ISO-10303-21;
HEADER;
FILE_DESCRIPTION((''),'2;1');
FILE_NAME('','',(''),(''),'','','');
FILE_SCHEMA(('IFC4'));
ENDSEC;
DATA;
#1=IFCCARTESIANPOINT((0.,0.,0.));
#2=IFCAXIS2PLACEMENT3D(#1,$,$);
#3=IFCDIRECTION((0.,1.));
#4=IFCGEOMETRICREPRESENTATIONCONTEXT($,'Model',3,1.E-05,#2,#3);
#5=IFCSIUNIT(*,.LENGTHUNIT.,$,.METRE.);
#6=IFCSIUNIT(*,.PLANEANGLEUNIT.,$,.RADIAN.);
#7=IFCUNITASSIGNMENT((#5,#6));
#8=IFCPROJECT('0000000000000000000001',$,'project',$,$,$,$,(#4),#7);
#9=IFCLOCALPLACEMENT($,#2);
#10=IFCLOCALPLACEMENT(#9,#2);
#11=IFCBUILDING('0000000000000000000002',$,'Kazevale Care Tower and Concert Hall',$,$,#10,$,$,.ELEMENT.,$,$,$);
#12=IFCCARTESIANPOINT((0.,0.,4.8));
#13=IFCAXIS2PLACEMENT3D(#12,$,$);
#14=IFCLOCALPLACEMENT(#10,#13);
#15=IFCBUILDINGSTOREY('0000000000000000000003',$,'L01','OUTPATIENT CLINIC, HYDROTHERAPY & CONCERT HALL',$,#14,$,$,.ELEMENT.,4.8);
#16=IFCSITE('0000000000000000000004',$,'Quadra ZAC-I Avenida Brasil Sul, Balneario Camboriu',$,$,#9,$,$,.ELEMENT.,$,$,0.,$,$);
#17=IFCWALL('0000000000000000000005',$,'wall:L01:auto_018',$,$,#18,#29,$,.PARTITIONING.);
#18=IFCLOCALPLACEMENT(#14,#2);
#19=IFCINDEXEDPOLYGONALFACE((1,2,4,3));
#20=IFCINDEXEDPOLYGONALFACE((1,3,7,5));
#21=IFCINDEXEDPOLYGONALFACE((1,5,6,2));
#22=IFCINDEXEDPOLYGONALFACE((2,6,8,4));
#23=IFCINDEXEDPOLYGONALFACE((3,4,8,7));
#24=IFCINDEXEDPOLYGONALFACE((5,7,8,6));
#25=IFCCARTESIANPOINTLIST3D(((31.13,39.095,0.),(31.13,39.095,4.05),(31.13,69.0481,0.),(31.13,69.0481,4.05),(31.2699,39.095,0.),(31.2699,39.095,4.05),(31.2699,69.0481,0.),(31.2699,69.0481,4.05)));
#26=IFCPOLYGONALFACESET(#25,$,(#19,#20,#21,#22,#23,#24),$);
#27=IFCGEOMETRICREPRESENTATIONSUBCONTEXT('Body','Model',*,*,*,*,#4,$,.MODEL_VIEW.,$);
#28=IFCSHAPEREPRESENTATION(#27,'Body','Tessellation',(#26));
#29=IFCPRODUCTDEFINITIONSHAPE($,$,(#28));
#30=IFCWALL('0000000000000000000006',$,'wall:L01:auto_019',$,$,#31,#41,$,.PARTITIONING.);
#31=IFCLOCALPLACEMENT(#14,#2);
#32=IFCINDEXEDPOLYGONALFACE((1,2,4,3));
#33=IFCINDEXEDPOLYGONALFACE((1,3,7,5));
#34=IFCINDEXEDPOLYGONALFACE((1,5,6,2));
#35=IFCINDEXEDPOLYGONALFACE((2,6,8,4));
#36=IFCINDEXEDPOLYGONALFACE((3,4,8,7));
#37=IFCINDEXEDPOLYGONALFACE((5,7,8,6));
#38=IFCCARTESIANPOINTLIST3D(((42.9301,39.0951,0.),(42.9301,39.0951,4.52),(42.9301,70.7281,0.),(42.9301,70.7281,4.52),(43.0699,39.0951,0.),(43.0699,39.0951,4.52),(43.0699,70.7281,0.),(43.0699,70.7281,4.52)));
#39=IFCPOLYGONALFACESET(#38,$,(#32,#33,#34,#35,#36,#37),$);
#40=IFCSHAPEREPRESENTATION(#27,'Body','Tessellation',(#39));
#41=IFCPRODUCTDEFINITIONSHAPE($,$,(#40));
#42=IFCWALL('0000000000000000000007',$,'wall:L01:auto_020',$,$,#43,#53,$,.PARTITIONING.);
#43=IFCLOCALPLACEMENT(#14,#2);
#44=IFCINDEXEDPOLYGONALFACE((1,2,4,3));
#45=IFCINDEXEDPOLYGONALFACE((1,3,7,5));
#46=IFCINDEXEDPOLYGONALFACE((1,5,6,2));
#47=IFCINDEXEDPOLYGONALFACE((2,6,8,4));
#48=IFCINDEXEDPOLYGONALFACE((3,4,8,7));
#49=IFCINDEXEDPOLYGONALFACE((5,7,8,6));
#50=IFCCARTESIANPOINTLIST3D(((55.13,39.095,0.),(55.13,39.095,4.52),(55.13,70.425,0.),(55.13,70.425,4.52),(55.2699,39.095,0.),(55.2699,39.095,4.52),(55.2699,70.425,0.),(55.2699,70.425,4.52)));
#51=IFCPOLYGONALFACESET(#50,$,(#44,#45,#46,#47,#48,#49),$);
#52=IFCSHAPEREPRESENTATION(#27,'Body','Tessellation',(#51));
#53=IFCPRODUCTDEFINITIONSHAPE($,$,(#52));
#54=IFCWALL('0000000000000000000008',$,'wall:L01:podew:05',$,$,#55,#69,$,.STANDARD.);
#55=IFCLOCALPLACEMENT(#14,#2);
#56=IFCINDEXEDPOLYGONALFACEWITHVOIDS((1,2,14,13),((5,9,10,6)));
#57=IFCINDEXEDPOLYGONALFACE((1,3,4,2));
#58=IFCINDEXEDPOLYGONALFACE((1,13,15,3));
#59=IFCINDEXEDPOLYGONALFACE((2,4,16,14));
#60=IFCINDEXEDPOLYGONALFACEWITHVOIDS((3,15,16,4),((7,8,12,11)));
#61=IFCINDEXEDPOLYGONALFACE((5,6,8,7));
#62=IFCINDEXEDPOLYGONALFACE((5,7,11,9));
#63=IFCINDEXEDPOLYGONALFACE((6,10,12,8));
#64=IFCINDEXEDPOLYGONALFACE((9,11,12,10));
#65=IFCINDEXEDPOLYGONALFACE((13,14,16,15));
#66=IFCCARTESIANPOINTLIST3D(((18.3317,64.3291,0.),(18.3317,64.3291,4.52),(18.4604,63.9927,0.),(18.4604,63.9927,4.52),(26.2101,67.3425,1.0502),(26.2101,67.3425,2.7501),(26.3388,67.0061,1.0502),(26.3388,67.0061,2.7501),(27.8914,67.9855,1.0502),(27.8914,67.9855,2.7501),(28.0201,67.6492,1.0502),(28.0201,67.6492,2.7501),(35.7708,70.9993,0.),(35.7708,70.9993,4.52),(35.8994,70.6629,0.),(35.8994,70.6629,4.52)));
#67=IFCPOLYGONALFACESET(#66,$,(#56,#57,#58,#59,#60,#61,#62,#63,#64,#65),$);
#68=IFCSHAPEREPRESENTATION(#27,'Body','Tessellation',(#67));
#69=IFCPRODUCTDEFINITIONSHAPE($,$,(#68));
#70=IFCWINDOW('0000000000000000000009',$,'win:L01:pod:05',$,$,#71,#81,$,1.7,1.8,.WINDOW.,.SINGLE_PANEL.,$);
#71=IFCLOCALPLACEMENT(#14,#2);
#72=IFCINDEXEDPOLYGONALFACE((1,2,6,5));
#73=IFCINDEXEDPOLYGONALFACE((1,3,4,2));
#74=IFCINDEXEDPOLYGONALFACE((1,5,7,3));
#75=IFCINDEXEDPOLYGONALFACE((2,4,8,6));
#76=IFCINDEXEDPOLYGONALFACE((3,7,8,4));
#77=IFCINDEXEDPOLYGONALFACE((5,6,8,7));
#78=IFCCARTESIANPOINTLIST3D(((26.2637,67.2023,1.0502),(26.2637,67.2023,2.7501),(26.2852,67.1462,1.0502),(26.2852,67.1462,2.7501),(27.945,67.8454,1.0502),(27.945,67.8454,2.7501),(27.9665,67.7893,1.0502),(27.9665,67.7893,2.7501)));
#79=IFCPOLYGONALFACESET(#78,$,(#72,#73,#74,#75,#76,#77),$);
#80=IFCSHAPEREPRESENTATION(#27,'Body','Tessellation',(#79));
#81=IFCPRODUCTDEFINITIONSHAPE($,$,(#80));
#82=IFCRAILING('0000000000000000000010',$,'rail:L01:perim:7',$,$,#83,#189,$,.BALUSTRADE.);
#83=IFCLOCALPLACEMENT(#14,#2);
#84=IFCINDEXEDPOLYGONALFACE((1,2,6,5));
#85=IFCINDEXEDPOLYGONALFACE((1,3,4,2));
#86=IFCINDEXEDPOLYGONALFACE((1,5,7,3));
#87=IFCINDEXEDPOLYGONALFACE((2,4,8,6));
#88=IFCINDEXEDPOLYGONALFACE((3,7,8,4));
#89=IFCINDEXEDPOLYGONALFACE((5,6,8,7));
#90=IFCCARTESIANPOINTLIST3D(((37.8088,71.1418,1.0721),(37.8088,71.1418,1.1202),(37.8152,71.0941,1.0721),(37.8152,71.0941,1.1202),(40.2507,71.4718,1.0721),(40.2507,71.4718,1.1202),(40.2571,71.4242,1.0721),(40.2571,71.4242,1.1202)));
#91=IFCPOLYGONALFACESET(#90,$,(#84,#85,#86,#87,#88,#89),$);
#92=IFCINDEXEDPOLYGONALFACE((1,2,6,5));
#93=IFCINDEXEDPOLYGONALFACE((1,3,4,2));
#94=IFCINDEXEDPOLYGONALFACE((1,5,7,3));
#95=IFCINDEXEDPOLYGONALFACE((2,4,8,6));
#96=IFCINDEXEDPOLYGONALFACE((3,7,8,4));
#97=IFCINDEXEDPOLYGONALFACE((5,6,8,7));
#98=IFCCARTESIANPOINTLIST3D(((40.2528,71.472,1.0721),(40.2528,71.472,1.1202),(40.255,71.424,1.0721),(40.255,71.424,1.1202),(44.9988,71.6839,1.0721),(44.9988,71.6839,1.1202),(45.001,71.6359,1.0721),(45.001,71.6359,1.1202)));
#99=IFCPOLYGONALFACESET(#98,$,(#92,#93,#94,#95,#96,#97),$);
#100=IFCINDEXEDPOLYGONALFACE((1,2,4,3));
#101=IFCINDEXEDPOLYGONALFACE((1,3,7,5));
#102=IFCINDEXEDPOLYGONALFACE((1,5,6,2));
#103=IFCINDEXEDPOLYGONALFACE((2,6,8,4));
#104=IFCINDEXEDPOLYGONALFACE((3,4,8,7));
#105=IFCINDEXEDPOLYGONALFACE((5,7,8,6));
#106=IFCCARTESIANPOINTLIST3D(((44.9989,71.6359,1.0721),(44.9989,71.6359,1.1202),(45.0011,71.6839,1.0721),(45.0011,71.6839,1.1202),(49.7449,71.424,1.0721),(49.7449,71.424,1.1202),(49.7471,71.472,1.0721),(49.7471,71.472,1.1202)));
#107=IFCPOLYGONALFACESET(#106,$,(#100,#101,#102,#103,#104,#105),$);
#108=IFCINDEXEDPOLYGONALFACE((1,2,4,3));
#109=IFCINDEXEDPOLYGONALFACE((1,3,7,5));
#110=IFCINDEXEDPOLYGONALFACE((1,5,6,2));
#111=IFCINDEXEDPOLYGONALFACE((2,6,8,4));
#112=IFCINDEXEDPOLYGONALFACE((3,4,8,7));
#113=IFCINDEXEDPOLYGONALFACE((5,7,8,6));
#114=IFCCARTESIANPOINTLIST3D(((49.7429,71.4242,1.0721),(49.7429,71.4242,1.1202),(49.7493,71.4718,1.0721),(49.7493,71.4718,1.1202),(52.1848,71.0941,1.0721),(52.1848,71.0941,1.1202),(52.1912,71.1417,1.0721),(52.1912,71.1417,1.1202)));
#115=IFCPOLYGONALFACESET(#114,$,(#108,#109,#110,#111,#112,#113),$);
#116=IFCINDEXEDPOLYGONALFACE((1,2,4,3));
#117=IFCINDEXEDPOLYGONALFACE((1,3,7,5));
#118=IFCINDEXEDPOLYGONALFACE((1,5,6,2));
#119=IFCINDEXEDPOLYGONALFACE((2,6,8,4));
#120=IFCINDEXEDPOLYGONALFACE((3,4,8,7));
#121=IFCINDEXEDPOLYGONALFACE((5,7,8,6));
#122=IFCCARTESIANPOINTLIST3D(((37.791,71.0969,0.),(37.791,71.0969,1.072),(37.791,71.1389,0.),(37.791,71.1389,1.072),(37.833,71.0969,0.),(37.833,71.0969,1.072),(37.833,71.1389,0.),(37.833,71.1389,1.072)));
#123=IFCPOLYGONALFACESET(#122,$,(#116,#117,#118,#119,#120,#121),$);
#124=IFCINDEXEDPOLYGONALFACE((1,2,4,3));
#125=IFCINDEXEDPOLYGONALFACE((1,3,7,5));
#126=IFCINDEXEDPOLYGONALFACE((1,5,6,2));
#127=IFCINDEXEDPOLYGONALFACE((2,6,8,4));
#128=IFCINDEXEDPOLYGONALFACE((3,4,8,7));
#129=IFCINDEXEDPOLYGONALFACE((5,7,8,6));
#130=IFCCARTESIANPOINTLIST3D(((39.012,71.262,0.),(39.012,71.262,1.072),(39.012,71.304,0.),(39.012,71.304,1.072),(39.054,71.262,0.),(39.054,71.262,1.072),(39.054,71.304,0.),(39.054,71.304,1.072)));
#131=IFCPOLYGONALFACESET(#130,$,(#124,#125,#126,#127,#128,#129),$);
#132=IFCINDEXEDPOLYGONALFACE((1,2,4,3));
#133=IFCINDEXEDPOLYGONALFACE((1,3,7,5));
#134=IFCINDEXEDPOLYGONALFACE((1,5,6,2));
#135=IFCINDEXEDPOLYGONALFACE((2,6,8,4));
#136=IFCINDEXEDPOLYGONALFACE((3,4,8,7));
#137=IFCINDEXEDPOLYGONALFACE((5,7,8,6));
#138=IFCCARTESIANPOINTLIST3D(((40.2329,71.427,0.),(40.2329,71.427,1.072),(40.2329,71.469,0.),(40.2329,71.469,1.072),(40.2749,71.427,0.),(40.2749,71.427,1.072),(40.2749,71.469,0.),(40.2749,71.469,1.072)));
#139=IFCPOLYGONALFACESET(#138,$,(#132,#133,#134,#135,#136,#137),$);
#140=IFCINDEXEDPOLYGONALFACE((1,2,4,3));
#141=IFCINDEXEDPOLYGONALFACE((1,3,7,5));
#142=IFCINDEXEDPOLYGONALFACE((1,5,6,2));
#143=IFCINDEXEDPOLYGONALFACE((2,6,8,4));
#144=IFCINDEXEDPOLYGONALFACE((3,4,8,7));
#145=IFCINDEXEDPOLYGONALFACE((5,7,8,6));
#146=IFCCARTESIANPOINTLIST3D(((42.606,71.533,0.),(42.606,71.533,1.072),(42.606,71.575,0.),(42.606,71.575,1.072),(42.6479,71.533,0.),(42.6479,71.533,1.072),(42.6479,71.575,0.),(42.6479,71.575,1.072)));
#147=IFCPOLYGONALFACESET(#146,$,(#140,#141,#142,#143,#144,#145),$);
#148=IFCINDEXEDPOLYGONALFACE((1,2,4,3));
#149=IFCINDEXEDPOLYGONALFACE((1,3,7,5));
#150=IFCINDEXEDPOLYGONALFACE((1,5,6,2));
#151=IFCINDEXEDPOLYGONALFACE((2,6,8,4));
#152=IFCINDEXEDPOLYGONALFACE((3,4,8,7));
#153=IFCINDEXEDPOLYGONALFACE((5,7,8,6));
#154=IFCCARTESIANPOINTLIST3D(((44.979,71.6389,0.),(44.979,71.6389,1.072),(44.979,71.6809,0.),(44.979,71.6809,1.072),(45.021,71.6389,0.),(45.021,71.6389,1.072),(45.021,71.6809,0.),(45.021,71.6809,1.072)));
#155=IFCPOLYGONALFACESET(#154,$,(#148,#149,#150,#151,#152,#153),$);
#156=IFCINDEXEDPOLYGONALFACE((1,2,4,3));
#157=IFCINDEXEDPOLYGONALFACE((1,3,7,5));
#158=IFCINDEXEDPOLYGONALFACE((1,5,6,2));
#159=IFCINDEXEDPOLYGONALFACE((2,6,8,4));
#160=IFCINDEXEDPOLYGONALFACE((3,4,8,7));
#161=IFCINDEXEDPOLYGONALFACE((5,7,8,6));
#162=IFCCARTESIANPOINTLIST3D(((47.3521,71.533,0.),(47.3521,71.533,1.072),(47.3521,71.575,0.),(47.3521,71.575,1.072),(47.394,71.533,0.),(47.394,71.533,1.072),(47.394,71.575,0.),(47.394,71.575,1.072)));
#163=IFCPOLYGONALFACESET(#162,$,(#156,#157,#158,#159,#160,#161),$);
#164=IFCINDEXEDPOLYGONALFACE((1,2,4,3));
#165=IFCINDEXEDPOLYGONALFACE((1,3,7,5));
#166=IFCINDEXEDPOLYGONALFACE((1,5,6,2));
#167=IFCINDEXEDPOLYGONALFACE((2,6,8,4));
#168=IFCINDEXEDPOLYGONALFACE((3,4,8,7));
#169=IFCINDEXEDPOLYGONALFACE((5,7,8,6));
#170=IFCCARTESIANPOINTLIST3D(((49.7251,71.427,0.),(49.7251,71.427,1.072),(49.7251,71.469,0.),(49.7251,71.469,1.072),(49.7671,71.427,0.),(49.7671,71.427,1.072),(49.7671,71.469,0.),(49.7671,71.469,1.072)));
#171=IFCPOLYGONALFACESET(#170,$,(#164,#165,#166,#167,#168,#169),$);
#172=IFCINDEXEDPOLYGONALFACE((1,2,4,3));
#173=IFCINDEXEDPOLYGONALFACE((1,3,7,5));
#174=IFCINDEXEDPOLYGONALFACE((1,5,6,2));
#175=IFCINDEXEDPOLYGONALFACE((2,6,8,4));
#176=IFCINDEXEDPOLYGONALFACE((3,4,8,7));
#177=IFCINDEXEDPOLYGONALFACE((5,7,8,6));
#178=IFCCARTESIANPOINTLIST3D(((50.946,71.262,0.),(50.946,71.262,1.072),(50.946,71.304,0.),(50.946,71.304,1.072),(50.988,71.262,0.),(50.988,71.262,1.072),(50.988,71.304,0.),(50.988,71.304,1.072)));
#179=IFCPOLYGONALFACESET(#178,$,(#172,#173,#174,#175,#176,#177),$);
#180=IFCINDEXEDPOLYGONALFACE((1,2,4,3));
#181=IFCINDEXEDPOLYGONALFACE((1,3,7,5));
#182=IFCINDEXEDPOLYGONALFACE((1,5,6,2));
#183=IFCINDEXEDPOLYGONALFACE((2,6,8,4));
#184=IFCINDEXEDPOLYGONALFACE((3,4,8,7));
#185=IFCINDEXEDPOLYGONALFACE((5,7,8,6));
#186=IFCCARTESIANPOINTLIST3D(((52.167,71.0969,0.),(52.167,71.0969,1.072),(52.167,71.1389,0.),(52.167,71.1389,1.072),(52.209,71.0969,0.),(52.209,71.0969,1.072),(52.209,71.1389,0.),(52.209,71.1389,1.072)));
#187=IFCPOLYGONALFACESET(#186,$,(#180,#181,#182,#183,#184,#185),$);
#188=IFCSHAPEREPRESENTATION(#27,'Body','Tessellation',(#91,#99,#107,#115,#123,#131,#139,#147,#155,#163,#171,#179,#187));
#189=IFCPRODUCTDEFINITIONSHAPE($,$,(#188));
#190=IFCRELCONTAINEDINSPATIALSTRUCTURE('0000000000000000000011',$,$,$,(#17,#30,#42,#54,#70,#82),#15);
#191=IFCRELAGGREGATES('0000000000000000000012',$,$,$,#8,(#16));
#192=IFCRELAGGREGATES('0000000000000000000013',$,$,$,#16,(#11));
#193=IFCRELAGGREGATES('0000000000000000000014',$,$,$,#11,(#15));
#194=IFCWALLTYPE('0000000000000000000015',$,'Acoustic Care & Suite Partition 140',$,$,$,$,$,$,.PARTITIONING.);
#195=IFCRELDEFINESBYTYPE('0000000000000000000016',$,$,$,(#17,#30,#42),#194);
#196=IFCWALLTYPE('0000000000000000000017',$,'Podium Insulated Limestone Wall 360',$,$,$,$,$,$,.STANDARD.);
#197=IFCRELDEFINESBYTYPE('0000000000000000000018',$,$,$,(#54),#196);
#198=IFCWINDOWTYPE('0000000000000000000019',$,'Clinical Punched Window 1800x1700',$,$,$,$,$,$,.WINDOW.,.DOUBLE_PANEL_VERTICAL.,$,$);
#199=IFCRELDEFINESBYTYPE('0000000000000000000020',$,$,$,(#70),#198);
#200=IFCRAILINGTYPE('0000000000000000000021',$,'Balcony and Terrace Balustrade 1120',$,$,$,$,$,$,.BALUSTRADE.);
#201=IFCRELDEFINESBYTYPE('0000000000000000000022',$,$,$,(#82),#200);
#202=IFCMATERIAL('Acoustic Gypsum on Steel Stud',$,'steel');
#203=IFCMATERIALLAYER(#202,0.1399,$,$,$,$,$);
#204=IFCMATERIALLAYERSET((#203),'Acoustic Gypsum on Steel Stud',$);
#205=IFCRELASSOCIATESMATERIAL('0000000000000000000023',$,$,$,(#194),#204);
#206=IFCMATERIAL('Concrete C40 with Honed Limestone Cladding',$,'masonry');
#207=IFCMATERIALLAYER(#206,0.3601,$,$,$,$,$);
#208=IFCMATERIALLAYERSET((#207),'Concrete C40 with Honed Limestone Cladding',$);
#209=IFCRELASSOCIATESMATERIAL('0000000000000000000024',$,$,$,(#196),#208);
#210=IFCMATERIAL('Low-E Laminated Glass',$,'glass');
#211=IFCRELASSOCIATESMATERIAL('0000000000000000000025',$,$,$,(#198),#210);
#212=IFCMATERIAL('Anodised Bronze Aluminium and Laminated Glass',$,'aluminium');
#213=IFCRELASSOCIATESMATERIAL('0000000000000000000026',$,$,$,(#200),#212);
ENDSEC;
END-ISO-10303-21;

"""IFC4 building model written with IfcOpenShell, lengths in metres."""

from ifc_helpers import new_model, si_unit, direction, frame, frame_2d, origin, origin_2d, place, context, subcontext, project, spatial, rectangle, extrude, material, layer, layer_set, type_object, element, fill, save


model = new_model("IFC4")

# Units and contexts
model_context = context("Model", 3, precision=1e-05, world=origin(), true_north=direction((0.0, 1.0)))
body_context = subcontext(model_context, "Body", "Model", "MODEL_VIEW")
ifc_project = project(units=[si_unit("LENGTHUNIT", "METRE"), si_unit("PLANEANGLEUNIT", "RADIAN")], contexts=[model_context])

# Site, building, storey
site_placement = place(None, origin())
site = spatial("IfcSite", under=ifc_project, at=site_placement, Name="Quadra ZAC-I Avenida Brasil Sul, Balneario Camboriu", CompositionType="ELEMENT", RefElevation=0.0)
building_placement = place(site_placement, origin())
building = spatial("IfcBuilding", under=site, at=building_placement, Name="Kazevale Care Tower and Concert Hall", CompositionType="ELEMENT")
storey_placement = place(building_placement, frame((0.0, 0.0, 4.8)))
storey = spatial("IfcBuildingStorey", under=building, at=storey_placement, Name="L01", Description="OUTPATIENT CLINIC, HYDROTHERAPY & CONCERT HALL", CompositionType="ELEMENT", Elevation=4.8)

# Shared definitions
ifc_material_1 = material(Name="Low-E Laminated Glass", Category="glass")

# Walls
ifc_material_2 = material(Name="Acoustic Gypsum on Steel Stud", Category="steel")
ifc_layer_1 = layer(ifc_material_2, 0.1399)
ifc_layer_set_1 = layer_set([ifc_layer_1], Name="Acoustic Gypsum on Steel Stud")
wall_type_1 = type_object("IfcWallType", Name="Acoustic Care & Suite Partition 140", PredefinedType="PARTITIONING", material=ifc_layer_set_1)
wall_1_placement = place(storey_placement, frame((31.2, 69.0481, 0.0), z_axis=(0.0, 0.0, 1.0), x_axis=(0.0, -1.0, 0.0)))
element("IfcWall", 1, at=wall_1_placement, inside=storey, type_object=wall_type_1, Name="wall:L01:auto_018", PredefinedType="PARTITIONING", context=body_context, shape_type="SweptSolid", body=[
    extrude(rectangle(XDim=29.9531, YDim=0.1399, at=frame_2d((14.9766, 0.0))), origin(), (0.0, 0.0, 1.0), 4.05),
])
wall_2_placement = place(storey_placement, frame((43.0, 70.728, 0.0), z_axis=(0.0, 0.0, 1.0), x_axis=(0.0, -1.0, 0.0)))
element("IfcWall", 2, at=wall_2_placement, inside=storey, type_object=wall_type_1, Name="wall:L01:auto_019", PredefinedType="PARTITIONING", context=body_context, shape_type="SweptSolid", body=[
    extrude(rectangle(XDim=31.6331, YDim=0.1399, at=frame_2d((15.8164, 0.0))), origin(), (0.0, 0.0, 1.0), 4.52),
])
wall_3_placement = place(storey_placement, frame((55.2, 70.425, 0.0), z_axis=(0.0, 0.0, 1.0), x_axis=(0.0, -1.0, 0.0)))
element("IfcWall", 3, at=wall_3_placement, inside=storey, type_object=wall_type_1, Name="wall:L01:auto_020", PredefinedType="PARTITIONING", context=body_context, shape_type="SweptSolid", body=[
    extrude(rectangle(XDim=31.3301, YDim=0.1399, at=frame_2d((15.665, 0.0))), origin(), (0.0, 0.0, 1.0), 4.52),
])

# Wall, opening, window
ifc_material_3 = material(Name="Concrete C40 with Honed Limestone Cladding", Category="masonry")
ifc_layer_2 = layer(ifc_material_3, 0.3601)
ifc_layer_set_2 = layer_set([ifc_layer_2], Name="Concrete C40 with Honed Limestone Cladding")
wall_type_2 = type_object("IfcWallType", Name="Podium Insulated Limestone Wall 360", PredefinedType="STANDARD", material=ifc_layer_set_2)
wall_4_placement = place(storey_placement, frame((35.835, 70.8311, 0.0), z_axis=(0.0, 0.0, 1.0), x_axis=(-0.93401, -0.357246, 0.0)))
wall_4 = element("IfcWall", 4, at=wall_4_placement, inside=storey, type_object=wall_type_2, Name="wall:L01:podew:05", PredefinedType="STANDARD", context=body_context, shape_type="SweptSolid", body=[
    extrude(rectangle(XDim=18.6711, YDim=0.3601, at=frame_2d((9.3354, 0.0))), origin(), (0.0, 0.0, 1.0), 4.52),
])
opening_placement = place(wall_4_placement, frame((8.436, 0.0, 1.05)))
opening = element("IfcOpeningElement", 5, at=opening_placement, cuts=wall_4, PredefinedType="OPENING", context=body_context, shape_type="SweptSolid", body=[
    extrude(rectangle(XDim=1.8, YDim=1.7, at=frame_2d((0.8999, 0.8501))), frame((0.0, 0.1899, 0.0), z_axis=(0.0, -1.0, 0.0), x_axis=(1.0, 0.0, 0.0)), (0.0, 0.0, 1.0), 0.3801),
])
window_type = type_object("IfcWindowType", Name="Clinical Punched Window 1800x1700", PartitioningType="DOUBLE_PANEL_VERTICAL", PredefinedType="WINDOW", material=ifc_material_1)
window_placement = place(opening_placement, origin())
window = element("IfcWindow", 6, at=window_placement, inside=storey, type_object=window_type, Name="win:L01:pod:05", OverallHeight=1.7, OverallWidth=1.8, PartitioningType="SINGLE_PANEL", PredefinedType="WINDOW", context=body_context, shape_type="SweptSolid", body=[
    extrude(rectangle(XDim=1.8, YDim=1.7, at=frame_2d((0.8999, 0.8501))), frame((0.0, 0.03, 0.0), z_axis=(0.0, -1.0, 0.0), x_axis=(1.0, 0.0, 0.0)), (0.0, 0.0, 1.0), 0.0601),
])
fill(opening, window)

# Railing
ifc_material_4 = material(Name="Anodised Bronze Aluminium and Laminated Glass", Category="aluminium")
railing_type = type_object("IfcRailingType", Name="Balcony and Terrace Balustrade 1120", PredefinedType="BALUSTRADE", material=ifc_material_4)
railing_1_placement = place(storey_placement, frame((37.812, 71.1179, 0.0)))
element("IfcRailing", 7, at=railing_1_placement, inside=storey, type_object=railing_type, Name="rail:L01:perim:7", PredefinedType="BALUSTRADE", context=body_context, shape_type="SweptSolid", body=[
    extrude(rectangle(XDim=0.0481, YDim=0.0481, at=origin_2d()), frame((0.0, 0.0, 1.0962), z_axis=(0.990987, 0.133955, 0.0), x_axis=(-0.133955, 0.990987, 0.0)), (0.0, 0.0, 1.0), 2.4641),
    extrude(rectangle(XDim=0.0481, YDim=0.0481, at=origin_2d()), frame((2.4419, 0.3301, 1.0962), z_axis=(0.999005, 0.044606, 0.0), x_axis=(-0.044606, 0.999005, 0.0)), (0.0, 0.0, 1.0), 4.7507),
    extrude(rectangle(XDim=0.0481, YDim=0.0481, at=origin_2d()), frame((7.188, 0.542, 1.0962), z_axis=(0.999005, -0.044606, 0.0), x_axis=(0.044606, 0.999005, 0.0)), (0.0, 0.0, 1.0), 4.7507),
    extrude(rectangle(XDim=0.0481, YDim=0.0481, at=origin_2d()), frame((11.9341, 0.3301, 1.0962), z_axis=(0.990987, -0.133955, 0.0), x_axis=(0.133955, 0.990987, 0.0)), (0.0, 0.0, 1.0), 2.4641),
    extrude(rectangle(XDim=0.042, YDim=0.042, at=origin_2d()), origin(), (0.0, 0.0, 1.0), 1.072),
    extrude(rectangle(XDim=0.042, YDim=0.042, at=origin_2d()), frame((1.2209, 0.165, 0.0)), (0.0, 0.0, 1.0), 1.072),
    extrude(rectangle(XDim=0.042, YDim=0.042, at=origin_2d()), frame((2.4419, 0.3301, 0.0)), (0.0, 0.0, 1.0), 1.072),
    extrude(rectangle(XDim=0.042, YDim=0.042, at=origin_2d()), frame((4.8149, 0.436, 0.0)), (0.0, 0.0, 1.0), 1.072),
    extrude(rectangle(XDim=0.042, YDim=0.042, at=origin_2d()), frame((7.188, 0.542, 0.0)), (0.0, 0.0, 1.0), 1.072),
    extrude(rectangle(XDim=0.042, YDim=0.042, at=origin_2d()), frame((9.561, 0.436, 0.0)), (0.0, 0.0, 1.0), 1.072),
    extrude(rectangle(XDim=0.042, YDim=0.042, at=origin_2d()), frame((11.9341, 0.3301, 0.0)), (0.0, 0.0, 1.0), 1.072),
    extrude(rectangle(XDim=0.042, YDim=0.042, at=origin_2d()), frame((13.155, 0.165, 0.0)), (0.0, 0.0, 1.0), 1.072),
    extrude(rectangle(XDim=0.042, YDim=0.042, at=origin_2d()), frame((14.376, 0.0, 0.0)), (0.0, 0.0, 1.0), 1.072),
])

save(model, "model.ifc")
